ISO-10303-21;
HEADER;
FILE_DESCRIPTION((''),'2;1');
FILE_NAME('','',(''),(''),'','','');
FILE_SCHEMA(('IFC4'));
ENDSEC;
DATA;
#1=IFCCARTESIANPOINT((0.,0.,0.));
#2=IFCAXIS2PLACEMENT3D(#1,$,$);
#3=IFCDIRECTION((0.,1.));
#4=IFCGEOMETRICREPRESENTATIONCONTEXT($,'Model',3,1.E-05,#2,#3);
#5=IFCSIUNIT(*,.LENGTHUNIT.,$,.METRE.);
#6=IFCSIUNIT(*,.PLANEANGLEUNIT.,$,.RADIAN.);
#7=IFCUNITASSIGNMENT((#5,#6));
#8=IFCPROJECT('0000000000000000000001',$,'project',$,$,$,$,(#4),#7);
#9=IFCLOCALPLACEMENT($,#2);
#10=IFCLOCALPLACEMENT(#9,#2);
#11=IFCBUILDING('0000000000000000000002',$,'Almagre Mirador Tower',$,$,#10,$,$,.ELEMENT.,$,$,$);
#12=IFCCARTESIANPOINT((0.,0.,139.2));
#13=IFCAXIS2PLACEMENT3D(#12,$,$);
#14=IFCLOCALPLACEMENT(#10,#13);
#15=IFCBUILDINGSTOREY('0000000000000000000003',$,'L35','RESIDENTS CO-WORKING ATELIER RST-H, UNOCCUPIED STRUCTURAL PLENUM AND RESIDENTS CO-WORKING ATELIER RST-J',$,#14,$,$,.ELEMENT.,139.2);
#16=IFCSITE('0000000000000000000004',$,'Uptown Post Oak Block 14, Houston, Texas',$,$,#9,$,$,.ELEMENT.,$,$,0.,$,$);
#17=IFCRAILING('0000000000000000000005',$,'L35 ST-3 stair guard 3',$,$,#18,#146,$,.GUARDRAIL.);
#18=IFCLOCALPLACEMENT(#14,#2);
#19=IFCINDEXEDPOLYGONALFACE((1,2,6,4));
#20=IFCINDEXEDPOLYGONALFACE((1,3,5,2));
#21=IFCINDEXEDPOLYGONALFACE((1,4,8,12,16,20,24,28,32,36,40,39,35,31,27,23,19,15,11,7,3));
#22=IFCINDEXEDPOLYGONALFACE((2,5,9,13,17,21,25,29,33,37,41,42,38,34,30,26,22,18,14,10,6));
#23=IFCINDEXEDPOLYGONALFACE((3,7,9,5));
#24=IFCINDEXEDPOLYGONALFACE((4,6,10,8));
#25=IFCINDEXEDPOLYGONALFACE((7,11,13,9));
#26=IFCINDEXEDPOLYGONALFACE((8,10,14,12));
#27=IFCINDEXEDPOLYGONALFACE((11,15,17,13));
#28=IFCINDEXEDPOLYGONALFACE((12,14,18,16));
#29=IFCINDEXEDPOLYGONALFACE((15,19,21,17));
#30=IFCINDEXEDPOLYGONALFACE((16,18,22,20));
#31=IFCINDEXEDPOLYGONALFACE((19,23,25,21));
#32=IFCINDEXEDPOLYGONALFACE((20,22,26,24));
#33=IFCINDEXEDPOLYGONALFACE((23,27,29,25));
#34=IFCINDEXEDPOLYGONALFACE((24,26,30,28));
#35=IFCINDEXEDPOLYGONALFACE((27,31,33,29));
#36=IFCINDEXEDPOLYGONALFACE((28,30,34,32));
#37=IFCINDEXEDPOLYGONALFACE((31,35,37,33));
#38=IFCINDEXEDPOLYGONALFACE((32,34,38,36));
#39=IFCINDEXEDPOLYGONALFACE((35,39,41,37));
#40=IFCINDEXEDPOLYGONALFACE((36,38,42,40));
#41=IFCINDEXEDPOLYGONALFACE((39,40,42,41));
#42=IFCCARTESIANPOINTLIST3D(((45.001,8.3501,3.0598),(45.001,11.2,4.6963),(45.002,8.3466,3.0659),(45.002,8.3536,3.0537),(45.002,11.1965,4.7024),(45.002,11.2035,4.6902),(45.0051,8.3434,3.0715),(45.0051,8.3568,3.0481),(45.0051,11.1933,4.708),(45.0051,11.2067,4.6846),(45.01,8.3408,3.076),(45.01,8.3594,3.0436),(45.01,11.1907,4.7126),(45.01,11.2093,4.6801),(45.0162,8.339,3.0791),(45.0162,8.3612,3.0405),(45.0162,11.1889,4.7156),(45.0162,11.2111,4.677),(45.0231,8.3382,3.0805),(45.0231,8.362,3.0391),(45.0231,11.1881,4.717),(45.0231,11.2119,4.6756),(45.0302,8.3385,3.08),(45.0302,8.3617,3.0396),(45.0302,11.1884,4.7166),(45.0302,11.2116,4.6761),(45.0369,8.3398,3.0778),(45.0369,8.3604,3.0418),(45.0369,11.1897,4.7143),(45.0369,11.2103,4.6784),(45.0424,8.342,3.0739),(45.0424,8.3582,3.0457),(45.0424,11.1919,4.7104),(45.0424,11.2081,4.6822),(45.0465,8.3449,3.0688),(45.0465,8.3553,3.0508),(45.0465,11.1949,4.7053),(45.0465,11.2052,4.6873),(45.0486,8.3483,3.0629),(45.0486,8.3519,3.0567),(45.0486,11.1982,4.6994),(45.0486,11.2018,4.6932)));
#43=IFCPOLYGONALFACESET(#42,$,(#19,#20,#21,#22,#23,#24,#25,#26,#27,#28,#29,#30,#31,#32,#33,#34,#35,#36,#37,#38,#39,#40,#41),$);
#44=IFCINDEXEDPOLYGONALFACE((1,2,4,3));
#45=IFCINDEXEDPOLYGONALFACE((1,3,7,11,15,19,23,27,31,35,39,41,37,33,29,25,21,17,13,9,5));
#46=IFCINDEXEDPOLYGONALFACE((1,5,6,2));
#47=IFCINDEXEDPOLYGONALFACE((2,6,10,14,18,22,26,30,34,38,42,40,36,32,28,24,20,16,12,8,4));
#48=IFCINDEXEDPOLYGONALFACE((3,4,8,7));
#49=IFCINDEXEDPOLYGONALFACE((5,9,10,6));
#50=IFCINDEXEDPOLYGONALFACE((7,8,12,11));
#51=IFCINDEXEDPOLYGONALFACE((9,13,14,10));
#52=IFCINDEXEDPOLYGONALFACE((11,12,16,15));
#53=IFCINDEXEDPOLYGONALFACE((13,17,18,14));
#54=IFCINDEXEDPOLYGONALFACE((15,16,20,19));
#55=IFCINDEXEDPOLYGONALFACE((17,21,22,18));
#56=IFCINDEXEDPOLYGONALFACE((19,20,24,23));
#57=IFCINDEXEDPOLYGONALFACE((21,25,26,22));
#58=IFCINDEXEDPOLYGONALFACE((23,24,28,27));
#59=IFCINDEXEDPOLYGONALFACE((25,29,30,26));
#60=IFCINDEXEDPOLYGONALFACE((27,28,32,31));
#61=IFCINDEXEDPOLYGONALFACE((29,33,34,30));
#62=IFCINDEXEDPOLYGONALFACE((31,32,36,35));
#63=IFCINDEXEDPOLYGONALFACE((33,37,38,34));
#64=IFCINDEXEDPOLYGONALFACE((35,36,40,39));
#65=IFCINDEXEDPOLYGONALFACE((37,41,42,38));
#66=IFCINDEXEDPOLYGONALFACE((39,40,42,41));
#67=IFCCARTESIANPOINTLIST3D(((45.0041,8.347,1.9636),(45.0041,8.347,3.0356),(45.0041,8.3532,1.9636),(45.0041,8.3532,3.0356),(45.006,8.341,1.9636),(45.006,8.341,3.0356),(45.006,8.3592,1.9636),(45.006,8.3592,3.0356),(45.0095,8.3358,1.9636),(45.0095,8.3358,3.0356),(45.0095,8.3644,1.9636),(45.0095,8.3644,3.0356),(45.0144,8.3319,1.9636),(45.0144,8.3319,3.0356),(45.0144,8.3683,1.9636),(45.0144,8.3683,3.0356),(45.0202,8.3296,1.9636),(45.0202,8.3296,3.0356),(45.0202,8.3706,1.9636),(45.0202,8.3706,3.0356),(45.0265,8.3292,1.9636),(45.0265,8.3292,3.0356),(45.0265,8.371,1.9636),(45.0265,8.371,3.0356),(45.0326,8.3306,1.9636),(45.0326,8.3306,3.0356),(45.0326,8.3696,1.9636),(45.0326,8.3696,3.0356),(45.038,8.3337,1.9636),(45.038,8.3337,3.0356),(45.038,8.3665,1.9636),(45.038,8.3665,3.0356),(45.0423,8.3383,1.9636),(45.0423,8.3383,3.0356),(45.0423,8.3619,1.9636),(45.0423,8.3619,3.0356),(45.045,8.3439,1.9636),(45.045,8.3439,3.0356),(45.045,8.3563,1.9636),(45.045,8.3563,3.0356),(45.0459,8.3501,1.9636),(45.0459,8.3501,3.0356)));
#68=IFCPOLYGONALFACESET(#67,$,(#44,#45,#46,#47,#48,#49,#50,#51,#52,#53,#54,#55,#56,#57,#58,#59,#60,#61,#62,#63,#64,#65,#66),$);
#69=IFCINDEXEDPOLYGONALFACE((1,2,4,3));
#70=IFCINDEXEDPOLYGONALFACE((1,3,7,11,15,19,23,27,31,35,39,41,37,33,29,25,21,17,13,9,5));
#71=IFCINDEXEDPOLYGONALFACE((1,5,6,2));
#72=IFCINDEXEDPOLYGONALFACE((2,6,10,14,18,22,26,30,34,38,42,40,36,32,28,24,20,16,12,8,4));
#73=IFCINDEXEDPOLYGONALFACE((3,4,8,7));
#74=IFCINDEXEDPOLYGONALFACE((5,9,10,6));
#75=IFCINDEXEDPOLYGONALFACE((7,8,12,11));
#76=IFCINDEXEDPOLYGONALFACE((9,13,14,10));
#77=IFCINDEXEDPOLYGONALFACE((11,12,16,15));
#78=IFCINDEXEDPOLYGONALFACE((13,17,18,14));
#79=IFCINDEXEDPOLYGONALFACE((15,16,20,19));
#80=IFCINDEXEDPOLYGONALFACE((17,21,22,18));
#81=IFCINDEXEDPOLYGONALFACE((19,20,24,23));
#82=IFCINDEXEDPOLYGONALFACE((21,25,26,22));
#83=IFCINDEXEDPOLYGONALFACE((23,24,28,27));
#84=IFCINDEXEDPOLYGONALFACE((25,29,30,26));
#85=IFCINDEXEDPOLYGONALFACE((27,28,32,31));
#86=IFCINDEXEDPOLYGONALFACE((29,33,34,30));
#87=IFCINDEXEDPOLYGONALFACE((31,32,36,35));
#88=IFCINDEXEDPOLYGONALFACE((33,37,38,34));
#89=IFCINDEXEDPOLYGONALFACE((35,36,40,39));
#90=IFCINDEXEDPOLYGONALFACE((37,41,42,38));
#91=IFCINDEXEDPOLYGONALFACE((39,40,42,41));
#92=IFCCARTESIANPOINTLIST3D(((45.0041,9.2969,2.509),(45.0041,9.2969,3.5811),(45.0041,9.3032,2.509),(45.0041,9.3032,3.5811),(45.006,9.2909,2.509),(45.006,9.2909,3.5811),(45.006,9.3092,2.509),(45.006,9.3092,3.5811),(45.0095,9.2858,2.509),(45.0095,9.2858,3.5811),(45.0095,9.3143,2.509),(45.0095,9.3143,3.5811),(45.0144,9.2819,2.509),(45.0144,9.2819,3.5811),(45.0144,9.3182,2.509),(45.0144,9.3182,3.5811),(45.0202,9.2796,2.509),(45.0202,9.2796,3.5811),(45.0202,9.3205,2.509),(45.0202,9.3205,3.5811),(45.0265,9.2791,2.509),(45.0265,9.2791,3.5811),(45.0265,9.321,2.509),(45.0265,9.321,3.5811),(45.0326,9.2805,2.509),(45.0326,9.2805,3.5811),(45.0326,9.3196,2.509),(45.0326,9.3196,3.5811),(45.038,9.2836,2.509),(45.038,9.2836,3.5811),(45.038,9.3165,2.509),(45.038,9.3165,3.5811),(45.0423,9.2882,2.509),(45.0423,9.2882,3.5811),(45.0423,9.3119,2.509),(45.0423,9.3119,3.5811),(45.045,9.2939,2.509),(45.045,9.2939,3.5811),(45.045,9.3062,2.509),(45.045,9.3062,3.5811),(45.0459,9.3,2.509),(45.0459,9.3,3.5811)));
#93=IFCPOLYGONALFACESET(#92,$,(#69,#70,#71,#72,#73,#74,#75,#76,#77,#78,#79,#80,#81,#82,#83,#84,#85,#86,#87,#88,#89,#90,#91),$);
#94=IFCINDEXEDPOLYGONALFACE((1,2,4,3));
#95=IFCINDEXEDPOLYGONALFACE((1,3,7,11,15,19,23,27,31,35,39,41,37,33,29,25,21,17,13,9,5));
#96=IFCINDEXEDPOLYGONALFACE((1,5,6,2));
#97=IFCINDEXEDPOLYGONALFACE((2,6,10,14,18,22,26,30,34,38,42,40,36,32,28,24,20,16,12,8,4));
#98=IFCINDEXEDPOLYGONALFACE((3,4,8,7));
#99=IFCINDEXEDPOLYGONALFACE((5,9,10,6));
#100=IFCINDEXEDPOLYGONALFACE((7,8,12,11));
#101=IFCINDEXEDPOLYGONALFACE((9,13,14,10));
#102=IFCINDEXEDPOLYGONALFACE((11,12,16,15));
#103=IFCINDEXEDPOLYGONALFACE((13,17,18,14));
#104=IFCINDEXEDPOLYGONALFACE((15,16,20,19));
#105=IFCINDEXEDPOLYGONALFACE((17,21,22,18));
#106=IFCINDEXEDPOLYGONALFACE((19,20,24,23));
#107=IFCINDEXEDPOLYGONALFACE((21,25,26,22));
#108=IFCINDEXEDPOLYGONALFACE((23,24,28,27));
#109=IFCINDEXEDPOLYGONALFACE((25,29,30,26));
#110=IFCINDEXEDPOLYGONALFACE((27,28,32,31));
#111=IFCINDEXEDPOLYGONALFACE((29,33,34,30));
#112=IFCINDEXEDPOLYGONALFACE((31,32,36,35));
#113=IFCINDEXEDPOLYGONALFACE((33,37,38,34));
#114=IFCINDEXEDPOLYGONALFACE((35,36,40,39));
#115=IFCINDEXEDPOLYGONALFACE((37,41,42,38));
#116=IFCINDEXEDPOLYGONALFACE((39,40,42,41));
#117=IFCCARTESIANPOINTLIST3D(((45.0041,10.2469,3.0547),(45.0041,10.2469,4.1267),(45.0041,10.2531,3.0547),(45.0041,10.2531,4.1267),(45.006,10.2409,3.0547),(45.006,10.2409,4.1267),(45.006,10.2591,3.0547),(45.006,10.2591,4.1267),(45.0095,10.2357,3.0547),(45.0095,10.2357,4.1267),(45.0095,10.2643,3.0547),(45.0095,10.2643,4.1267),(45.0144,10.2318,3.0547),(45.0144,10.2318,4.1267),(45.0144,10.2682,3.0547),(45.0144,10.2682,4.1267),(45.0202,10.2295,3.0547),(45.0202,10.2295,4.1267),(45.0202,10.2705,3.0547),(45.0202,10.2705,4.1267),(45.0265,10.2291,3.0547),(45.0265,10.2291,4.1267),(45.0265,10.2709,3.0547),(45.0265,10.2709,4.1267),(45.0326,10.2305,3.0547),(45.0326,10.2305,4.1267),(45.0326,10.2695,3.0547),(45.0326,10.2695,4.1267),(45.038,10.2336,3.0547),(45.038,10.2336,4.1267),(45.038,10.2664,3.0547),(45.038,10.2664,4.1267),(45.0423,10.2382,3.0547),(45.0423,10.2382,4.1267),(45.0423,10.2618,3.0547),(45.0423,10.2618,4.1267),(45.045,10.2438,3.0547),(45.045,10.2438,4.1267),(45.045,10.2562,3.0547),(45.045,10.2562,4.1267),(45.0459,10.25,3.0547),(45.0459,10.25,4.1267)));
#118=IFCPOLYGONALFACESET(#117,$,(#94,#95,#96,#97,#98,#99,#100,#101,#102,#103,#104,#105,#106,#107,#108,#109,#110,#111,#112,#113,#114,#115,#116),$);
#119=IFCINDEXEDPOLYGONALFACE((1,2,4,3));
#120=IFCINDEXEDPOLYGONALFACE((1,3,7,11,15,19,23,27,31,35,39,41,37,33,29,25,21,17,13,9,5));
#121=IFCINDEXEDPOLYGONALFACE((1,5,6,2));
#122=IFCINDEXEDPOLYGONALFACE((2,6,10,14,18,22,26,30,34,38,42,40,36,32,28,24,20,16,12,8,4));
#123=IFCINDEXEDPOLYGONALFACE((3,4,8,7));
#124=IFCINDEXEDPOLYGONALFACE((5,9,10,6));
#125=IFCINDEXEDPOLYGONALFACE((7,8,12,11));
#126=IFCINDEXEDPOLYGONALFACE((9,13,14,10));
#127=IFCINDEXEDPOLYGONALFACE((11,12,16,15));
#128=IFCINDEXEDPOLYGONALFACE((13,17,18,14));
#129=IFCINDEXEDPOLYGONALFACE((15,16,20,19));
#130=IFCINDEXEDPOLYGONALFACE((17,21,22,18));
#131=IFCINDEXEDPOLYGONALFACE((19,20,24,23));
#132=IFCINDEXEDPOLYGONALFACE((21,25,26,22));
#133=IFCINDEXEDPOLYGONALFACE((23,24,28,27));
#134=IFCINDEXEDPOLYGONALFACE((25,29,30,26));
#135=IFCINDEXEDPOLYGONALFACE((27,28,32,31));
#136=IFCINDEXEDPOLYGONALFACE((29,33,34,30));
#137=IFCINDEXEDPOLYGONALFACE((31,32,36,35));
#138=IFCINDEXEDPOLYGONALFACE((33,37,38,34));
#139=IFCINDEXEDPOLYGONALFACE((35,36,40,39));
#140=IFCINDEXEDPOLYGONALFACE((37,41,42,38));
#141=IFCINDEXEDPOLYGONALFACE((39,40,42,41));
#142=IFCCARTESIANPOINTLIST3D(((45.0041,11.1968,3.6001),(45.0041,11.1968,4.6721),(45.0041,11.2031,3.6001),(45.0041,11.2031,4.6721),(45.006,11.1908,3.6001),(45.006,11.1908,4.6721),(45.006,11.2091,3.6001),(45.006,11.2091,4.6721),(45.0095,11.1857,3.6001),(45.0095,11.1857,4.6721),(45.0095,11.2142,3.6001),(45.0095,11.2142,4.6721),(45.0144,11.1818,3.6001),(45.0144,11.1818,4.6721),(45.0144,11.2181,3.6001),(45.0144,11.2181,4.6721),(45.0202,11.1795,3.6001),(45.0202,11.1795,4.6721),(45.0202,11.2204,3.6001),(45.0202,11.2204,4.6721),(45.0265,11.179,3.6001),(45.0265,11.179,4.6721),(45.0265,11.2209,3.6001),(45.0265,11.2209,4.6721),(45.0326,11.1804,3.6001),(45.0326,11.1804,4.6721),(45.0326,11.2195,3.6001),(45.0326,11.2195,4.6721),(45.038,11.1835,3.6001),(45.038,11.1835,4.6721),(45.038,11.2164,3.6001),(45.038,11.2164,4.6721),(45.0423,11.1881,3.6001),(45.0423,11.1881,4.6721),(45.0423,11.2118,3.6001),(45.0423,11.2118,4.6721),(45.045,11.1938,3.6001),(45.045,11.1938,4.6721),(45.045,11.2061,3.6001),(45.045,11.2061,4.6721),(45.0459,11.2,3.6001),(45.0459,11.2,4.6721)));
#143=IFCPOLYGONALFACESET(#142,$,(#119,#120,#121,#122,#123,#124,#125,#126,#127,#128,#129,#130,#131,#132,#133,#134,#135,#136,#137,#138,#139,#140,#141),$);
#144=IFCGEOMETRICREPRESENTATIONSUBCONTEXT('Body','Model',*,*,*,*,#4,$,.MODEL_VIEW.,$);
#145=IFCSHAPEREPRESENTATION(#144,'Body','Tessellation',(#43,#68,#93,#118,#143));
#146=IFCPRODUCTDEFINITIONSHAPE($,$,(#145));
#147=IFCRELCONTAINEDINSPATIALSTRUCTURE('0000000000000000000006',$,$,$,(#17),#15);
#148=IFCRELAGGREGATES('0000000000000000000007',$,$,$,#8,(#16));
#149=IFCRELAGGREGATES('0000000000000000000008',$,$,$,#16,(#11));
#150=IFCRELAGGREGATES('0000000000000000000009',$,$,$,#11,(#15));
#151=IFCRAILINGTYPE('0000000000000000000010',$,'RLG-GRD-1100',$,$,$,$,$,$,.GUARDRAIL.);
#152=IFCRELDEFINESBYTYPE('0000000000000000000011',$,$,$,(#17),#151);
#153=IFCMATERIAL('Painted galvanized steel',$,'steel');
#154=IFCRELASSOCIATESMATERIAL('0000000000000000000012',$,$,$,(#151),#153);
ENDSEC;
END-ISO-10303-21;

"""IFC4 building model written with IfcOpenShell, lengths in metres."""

from ifc_helpers import new_model, si_unit, direction, frame, origin, origin_2d, place, context, subcontext, project, spatial, circle, extrude, material, type_object, element, save


model = new_model("IFC4")

# Units and contexts
model_context = context("Model", 3, precision=1e-05, world=origin(), true_north=direction((0.0, 1.0)))
body_context = subcontext(model_context, "Body", "Model", "MODEL_VIEW")
ifc_project = project(units=[si_unit("LENGTHUNIT", "METRE"), si_unit("PLANEANGLEUNIT", "RADIAN")], contexts=[model_context])

# Site, building, storey
site_placement = place(None, origin())
site = spatial("IfcSite", under=ifc_project, at=site_placement, Name="Uptown Post Oak Block 14, Houston, Texas", CompositionType="ELEMENT", RefElevation=0.0)
building_placement = place(site_placement, origin())
building = spatial("IfcBuilding", under=site, at=building_placement, Name="Almagre Mirador Tower", CompositionType="ELEMENT")
storey_placement = place(building_placement, frame((0.0, 0.0, 139.2)))
storey = spatial("IfcBuildingStorey", under=building, at=storey_placement, Name="L35", Description="RESIDENTS CO-WORKING ATELIER RST-H, UNOCCUPIED STRUCTURAL PLENUM AND RESIDENTS CO-WORKING ATELIER RST-J", CompositionType="ELEMENT", Elevation=139.2)

# Railing
ifc_material_1 = material(Name="Painted galvanized steel", Category="steel")
railing_type_1 = type_object("IfcRailingType", Name="RLG-GRD-1100", PredefinedType="GUARDRAIL", material=ifc_material_1)
railing_1_placement = place(storey_placement, frame((45.0249, 8.3501, 1.9636)))
element("IfcRailing", 1, at=railing_1_placement, inside=storey, type_object=railing_type_1, Name="L35 ST-3 stair guard 3", PredefinedType="GUARDRAIL", context=body_context, shape_type="SweptSolid", body=[
    extrude(circle(Radius=0.0239, at=origin_2d()), frame((0.0, 0.0, 1.0962), z_axis=(0.0, 0.867194, 0.49797), x_axis=(-1.0, 0.0, 0.0)), (0.0, 0.0, 1.0), 3.2864),
    extrude(circle(Radius=0.021, at=origin_2d()), origin(), (0.0, 0.0, 1.0), 1.072),
    extrude(circle(Radius=0.021, at=origin_2d()), frame((0.0, 0.95, 0.5454)), (0.0, 0.0, 1.0), 1.072),
    extrude(circle(Radius=0.021, at=origin_2d()), frame((0.0, 1.8999, 1.0911)), (0.0, 0.0, 1.0), 1.072),
    extrude(circle(Radius=0.021, at=origin_2d()), frame((0.0, 2.8499, 1.6365)), (0.0, 0.0, 1.0), 1.072),
])

save(model, "model.ifc")
